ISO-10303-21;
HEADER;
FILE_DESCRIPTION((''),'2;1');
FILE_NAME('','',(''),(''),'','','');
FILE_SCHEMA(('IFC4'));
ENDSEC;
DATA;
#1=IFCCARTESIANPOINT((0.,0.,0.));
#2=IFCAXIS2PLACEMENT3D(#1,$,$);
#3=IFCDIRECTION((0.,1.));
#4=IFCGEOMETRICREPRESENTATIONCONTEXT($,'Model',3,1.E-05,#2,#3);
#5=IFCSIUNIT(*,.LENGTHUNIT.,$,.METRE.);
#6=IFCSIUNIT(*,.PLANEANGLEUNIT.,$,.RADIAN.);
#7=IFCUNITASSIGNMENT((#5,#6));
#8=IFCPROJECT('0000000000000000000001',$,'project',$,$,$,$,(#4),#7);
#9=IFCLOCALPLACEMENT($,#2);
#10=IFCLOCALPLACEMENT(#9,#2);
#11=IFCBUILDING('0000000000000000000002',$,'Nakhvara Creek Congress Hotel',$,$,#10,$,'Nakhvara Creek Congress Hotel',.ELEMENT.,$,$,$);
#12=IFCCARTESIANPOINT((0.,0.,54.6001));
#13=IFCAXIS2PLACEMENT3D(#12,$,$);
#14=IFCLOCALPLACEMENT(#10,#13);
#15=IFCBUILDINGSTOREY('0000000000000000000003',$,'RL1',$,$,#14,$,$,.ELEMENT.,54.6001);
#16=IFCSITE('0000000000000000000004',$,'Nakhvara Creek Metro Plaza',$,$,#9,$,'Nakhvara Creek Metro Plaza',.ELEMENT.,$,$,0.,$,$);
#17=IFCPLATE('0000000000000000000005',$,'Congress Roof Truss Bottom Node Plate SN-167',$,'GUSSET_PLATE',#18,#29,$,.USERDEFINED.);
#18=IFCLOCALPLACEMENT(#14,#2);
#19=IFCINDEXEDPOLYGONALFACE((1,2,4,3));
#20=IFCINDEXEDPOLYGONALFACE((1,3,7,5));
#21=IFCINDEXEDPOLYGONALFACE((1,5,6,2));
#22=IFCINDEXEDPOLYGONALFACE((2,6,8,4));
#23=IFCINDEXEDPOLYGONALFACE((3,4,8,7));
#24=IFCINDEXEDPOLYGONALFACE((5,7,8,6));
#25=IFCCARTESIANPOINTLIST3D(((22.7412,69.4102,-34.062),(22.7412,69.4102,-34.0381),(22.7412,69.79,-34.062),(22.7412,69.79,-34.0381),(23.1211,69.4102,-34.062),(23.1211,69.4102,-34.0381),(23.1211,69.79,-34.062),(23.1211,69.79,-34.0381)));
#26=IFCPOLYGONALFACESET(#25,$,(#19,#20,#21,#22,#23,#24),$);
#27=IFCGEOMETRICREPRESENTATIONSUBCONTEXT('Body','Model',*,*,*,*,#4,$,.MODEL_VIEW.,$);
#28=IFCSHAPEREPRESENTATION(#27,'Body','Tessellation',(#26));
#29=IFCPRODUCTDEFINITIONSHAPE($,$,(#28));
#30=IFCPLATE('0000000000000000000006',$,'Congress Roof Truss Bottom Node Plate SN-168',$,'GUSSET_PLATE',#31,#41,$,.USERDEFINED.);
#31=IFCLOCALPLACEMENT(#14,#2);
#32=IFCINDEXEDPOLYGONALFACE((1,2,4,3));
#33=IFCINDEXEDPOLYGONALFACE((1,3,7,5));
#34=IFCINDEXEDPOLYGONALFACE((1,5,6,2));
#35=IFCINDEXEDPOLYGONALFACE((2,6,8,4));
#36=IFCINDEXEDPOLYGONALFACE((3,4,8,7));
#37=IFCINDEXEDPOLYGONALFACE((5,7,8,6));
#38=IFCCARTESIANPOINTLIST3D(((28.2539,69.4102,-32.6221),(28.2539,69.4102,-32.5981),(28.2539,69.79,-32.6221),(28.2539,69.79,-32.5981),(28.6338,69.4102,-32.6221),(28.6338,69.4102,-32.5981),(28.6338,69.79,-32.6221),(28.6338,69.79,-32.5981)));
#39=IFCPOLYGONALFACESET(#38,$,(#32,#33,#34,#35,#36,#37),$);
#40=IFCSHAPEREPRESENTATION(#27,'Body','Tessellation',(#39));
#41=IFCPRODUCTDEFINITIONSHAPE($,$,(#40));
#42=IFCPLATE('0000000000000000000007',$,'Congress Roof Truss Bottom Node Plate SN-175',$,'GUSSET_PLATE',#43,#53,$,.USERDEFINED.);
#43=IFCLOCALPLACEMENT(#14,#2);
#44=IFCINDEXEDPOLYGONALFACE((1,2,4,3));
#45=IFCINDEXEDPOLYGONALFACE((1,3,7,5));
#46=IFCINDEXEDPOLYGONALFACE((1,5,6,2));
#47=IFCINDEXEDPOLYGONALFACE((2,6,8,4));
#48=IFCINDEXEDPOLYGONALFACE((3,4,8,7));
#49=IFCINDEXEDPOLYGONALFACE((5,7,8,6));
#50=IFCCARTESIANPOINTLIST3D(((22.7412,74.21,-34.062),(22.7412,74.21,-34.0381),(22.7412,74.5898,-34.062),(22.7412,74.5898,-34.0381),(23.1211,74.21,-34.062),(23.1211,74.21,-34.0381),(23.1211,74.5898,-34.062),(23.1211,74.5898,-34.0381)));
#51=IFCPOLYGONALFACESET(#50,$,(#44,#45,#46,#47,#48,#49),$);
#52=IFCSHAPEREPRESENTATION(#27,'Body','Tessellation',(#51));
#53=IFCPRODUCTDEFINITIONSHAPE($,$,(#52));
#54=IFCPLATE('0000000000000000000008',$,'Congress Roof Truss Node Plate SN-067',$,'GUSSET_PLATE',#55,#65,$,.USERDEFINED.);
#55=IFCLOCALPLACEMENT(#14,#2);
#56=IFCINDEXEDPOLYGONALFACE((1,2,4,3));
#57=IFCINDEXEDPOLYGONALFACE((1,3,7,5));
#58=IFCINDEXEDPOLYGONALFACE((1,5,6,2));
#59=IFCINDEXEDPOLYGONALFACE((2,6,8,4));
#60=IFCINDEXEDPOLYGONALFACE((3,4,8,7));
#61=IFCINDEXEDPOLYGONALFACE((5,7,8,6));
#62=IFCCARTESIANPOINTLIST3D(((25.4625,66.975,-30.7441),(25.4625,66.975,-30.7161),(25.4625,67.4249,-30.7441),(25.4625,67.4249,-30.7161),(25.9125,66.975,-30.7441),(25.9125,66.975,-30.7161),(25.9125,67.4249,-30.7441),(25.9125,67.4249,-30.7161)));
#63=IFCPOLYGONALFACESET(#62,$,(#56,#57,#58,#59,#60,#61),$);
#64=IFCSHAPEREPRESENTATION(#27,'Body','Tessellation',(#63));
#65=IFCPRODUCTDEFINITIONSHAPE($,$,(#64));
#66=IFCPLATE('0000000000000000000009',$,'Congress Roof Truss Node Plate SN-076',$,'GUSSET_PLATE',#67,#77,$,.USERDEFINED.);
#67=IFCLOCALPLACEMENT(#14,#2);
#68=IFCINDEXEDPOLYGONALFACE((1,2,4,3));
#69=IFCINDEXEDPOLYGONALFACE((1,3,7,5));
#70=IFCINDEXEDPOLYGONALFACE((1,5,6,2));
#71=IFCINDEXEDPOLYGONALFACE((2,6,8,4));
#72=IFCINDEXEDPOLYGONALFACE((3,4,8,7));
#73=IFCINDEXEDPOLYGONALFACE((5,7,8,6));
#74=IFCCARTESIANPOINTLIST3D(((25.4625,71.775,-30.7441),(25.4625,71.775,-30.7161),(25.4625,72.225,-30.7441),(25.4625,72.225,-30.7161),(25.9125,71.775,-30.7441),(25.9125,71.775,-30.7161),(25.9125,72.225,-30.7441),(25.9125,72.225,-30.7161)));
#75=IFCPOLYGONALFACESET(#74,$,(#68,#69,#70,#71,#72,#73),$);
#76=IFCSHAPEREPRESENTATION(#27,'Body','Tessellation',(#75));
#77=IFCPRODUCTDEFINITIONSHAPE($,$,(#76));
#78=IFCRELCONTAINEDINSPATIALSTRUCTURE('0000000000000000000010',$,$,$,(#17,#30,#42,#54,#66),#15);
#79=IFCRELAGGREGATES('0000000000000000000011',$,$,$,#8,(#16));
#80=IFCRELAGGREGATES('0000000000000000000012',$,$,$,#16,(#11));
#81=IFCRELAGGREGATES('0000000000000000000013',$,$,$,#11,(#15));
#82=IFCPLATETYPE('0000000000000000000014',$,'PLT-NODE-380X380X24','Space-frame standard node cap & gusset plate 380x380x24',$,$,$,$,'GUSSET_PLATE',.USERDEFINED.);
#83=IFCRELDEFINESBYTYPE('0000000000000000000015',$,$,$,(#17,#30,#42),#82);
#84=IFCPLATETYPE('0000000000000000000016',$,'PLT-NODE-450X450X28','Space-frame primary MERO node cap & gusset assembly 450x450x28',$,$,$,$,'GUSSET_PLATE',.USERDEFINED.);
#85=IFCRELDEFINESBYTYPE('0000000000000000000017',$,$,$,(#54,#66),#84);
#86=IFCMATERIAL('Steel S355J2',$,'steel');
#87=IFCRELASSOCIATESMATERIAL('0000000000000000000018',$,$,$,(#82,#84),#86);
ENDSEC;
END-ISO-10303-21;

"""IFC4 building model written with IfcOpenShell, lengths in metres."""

from ifc_helpers import new_model, si_unit, direction, frame, origin, origin_2d, place, context, subcontext, project, spatial, rectangle, extrude, material, type_object, element, save


model = new_model("IFC4")

# Units and contexts
model_context = context("Model", 3, precision=1e-05, world=origin(), true_north=direction((0.0, 1.0)))
body_context = subcontext(model_context, "Body", "Model", "MODEL_VIEW")
ifc_project = project(units=[si_unit("LENGTHUNIT", "METRE"), si_unit("PLANEANGLEUNIT", "RADIAN")], contexts=[model_context])

# Site, building, storey
site_placement = place(None, origin())
site = spatial("IfcSite", under=ifc_project, at=site_placement, Name="Nakhvara Creek Metro Plaza", LongName="Nakhvara Creek Metro Plaza", CompositionType="ELEMENT", RefElevation=0.0)
building_placement = place(site_placement, origin())
building = spatial("IfcBuilding", under=site, at=building_placement, Name="Nakhvara Creek Congress Hotel", LongName="Nakhvara Creek Congress Hotel", CompositionType="ELEMENT")
storey_placement = place(building_placement, frame((0.0, 0.0, 54.6001)))
storey = spatial("IfcBuildingStorey", under=building, at=storey_placement, Name="RL1", CompositionType="ELEMENT", Elevation=54.6001)

# Plates
ifc_material_1 = material(Name="Steel S355J2", Category="steel")
plate_type_1 = type_object("IfcPlateType", Name="PLT-NODE-380X380X24", Description="Space-frame standard node cap & gusset plate 380x380x24", ElementType="GUSSET_PLATE", PredefinedType="USERDEFINED", material=ifc_material_1)
for number, where, z_axis, x_axis, name in (
    (1, (22.9312, 69.6001, -34.062), (0.0, 0.0, 1.0), (1.0, 0.0, 0.0), "Congress Roof Truss Bottom Node Plate SN-167"),
    (2, (28.4438, 69.6001, -32.6221), (0.0, 0.0, 1.0), (1.0, 0.0, 0.0), "Congress Roof Truss Bottom Node Plate SN-168"),
    (3, (22.9312, 74.3999, -34.062), (0.0, 0.0, 1.0), (1.0, 0.0, 0.0), "Congress Roof Truss Bottom Node Plate SN-175"),
):
    element("IfcPlate", number, at=place(storey_placement, frame(where, z_axis=z_axis, x_axis=x_axis)), inside=storey, type_object=plate_type_1, Name=name, ObjectType="GUSSET_PLATE", PredefinedType="USERDEFINED", context=body_context, shape_type="SweptSolid", body=[
        extrude(rectangle(XDim=0.3799, YDim=0.3799, at=origin_2d()), origin(), (0.0, 0.0, 1.0), 0.0239),
    ])
plate_type_2 = type_object("IfcPlateType", Name="PLT-NODE-450X450X28", Description="Space-frame primary MERO node cap & gusset assembly 450x450x28", ElementType="GUSSET_PLATE", PredefinedType="USERDEFINED", material=ifc_material_1)
for number, where, z_axis, x_axis, name in (
    (4, (25.6875, 67.2, -30.7441), (0.0, 0.0, 1.0), (1.0, 0.0, 0.0), "Congress Roof Truss Node Plate SN-067"),
    (5, (25.6875, 72.0, -30.7441), (0.0, 0.0, 1.0), (1.0, 0.0, 0.0), "Congress Roof Truss Node Plate SN-076"),
):
    element("IfcPlate", number, at=place(storey_placement, frame(where, z_axis=z_axis, x_axis=x_axis)), inside=storey, type_object=plate_type_2, Name=name, ObjectType="GUSSET_PLATE", PredefinedType="USERDEFINED", context=body_context, shape_type="SweptSolid", body=[
        extrude(rectangle(XDim=0.45, YDim=0.45, at=origin_2d()), origin(), (0.0, 0.0, 1.0), 0.0281),
    ])

save(model, "model.ifc")
